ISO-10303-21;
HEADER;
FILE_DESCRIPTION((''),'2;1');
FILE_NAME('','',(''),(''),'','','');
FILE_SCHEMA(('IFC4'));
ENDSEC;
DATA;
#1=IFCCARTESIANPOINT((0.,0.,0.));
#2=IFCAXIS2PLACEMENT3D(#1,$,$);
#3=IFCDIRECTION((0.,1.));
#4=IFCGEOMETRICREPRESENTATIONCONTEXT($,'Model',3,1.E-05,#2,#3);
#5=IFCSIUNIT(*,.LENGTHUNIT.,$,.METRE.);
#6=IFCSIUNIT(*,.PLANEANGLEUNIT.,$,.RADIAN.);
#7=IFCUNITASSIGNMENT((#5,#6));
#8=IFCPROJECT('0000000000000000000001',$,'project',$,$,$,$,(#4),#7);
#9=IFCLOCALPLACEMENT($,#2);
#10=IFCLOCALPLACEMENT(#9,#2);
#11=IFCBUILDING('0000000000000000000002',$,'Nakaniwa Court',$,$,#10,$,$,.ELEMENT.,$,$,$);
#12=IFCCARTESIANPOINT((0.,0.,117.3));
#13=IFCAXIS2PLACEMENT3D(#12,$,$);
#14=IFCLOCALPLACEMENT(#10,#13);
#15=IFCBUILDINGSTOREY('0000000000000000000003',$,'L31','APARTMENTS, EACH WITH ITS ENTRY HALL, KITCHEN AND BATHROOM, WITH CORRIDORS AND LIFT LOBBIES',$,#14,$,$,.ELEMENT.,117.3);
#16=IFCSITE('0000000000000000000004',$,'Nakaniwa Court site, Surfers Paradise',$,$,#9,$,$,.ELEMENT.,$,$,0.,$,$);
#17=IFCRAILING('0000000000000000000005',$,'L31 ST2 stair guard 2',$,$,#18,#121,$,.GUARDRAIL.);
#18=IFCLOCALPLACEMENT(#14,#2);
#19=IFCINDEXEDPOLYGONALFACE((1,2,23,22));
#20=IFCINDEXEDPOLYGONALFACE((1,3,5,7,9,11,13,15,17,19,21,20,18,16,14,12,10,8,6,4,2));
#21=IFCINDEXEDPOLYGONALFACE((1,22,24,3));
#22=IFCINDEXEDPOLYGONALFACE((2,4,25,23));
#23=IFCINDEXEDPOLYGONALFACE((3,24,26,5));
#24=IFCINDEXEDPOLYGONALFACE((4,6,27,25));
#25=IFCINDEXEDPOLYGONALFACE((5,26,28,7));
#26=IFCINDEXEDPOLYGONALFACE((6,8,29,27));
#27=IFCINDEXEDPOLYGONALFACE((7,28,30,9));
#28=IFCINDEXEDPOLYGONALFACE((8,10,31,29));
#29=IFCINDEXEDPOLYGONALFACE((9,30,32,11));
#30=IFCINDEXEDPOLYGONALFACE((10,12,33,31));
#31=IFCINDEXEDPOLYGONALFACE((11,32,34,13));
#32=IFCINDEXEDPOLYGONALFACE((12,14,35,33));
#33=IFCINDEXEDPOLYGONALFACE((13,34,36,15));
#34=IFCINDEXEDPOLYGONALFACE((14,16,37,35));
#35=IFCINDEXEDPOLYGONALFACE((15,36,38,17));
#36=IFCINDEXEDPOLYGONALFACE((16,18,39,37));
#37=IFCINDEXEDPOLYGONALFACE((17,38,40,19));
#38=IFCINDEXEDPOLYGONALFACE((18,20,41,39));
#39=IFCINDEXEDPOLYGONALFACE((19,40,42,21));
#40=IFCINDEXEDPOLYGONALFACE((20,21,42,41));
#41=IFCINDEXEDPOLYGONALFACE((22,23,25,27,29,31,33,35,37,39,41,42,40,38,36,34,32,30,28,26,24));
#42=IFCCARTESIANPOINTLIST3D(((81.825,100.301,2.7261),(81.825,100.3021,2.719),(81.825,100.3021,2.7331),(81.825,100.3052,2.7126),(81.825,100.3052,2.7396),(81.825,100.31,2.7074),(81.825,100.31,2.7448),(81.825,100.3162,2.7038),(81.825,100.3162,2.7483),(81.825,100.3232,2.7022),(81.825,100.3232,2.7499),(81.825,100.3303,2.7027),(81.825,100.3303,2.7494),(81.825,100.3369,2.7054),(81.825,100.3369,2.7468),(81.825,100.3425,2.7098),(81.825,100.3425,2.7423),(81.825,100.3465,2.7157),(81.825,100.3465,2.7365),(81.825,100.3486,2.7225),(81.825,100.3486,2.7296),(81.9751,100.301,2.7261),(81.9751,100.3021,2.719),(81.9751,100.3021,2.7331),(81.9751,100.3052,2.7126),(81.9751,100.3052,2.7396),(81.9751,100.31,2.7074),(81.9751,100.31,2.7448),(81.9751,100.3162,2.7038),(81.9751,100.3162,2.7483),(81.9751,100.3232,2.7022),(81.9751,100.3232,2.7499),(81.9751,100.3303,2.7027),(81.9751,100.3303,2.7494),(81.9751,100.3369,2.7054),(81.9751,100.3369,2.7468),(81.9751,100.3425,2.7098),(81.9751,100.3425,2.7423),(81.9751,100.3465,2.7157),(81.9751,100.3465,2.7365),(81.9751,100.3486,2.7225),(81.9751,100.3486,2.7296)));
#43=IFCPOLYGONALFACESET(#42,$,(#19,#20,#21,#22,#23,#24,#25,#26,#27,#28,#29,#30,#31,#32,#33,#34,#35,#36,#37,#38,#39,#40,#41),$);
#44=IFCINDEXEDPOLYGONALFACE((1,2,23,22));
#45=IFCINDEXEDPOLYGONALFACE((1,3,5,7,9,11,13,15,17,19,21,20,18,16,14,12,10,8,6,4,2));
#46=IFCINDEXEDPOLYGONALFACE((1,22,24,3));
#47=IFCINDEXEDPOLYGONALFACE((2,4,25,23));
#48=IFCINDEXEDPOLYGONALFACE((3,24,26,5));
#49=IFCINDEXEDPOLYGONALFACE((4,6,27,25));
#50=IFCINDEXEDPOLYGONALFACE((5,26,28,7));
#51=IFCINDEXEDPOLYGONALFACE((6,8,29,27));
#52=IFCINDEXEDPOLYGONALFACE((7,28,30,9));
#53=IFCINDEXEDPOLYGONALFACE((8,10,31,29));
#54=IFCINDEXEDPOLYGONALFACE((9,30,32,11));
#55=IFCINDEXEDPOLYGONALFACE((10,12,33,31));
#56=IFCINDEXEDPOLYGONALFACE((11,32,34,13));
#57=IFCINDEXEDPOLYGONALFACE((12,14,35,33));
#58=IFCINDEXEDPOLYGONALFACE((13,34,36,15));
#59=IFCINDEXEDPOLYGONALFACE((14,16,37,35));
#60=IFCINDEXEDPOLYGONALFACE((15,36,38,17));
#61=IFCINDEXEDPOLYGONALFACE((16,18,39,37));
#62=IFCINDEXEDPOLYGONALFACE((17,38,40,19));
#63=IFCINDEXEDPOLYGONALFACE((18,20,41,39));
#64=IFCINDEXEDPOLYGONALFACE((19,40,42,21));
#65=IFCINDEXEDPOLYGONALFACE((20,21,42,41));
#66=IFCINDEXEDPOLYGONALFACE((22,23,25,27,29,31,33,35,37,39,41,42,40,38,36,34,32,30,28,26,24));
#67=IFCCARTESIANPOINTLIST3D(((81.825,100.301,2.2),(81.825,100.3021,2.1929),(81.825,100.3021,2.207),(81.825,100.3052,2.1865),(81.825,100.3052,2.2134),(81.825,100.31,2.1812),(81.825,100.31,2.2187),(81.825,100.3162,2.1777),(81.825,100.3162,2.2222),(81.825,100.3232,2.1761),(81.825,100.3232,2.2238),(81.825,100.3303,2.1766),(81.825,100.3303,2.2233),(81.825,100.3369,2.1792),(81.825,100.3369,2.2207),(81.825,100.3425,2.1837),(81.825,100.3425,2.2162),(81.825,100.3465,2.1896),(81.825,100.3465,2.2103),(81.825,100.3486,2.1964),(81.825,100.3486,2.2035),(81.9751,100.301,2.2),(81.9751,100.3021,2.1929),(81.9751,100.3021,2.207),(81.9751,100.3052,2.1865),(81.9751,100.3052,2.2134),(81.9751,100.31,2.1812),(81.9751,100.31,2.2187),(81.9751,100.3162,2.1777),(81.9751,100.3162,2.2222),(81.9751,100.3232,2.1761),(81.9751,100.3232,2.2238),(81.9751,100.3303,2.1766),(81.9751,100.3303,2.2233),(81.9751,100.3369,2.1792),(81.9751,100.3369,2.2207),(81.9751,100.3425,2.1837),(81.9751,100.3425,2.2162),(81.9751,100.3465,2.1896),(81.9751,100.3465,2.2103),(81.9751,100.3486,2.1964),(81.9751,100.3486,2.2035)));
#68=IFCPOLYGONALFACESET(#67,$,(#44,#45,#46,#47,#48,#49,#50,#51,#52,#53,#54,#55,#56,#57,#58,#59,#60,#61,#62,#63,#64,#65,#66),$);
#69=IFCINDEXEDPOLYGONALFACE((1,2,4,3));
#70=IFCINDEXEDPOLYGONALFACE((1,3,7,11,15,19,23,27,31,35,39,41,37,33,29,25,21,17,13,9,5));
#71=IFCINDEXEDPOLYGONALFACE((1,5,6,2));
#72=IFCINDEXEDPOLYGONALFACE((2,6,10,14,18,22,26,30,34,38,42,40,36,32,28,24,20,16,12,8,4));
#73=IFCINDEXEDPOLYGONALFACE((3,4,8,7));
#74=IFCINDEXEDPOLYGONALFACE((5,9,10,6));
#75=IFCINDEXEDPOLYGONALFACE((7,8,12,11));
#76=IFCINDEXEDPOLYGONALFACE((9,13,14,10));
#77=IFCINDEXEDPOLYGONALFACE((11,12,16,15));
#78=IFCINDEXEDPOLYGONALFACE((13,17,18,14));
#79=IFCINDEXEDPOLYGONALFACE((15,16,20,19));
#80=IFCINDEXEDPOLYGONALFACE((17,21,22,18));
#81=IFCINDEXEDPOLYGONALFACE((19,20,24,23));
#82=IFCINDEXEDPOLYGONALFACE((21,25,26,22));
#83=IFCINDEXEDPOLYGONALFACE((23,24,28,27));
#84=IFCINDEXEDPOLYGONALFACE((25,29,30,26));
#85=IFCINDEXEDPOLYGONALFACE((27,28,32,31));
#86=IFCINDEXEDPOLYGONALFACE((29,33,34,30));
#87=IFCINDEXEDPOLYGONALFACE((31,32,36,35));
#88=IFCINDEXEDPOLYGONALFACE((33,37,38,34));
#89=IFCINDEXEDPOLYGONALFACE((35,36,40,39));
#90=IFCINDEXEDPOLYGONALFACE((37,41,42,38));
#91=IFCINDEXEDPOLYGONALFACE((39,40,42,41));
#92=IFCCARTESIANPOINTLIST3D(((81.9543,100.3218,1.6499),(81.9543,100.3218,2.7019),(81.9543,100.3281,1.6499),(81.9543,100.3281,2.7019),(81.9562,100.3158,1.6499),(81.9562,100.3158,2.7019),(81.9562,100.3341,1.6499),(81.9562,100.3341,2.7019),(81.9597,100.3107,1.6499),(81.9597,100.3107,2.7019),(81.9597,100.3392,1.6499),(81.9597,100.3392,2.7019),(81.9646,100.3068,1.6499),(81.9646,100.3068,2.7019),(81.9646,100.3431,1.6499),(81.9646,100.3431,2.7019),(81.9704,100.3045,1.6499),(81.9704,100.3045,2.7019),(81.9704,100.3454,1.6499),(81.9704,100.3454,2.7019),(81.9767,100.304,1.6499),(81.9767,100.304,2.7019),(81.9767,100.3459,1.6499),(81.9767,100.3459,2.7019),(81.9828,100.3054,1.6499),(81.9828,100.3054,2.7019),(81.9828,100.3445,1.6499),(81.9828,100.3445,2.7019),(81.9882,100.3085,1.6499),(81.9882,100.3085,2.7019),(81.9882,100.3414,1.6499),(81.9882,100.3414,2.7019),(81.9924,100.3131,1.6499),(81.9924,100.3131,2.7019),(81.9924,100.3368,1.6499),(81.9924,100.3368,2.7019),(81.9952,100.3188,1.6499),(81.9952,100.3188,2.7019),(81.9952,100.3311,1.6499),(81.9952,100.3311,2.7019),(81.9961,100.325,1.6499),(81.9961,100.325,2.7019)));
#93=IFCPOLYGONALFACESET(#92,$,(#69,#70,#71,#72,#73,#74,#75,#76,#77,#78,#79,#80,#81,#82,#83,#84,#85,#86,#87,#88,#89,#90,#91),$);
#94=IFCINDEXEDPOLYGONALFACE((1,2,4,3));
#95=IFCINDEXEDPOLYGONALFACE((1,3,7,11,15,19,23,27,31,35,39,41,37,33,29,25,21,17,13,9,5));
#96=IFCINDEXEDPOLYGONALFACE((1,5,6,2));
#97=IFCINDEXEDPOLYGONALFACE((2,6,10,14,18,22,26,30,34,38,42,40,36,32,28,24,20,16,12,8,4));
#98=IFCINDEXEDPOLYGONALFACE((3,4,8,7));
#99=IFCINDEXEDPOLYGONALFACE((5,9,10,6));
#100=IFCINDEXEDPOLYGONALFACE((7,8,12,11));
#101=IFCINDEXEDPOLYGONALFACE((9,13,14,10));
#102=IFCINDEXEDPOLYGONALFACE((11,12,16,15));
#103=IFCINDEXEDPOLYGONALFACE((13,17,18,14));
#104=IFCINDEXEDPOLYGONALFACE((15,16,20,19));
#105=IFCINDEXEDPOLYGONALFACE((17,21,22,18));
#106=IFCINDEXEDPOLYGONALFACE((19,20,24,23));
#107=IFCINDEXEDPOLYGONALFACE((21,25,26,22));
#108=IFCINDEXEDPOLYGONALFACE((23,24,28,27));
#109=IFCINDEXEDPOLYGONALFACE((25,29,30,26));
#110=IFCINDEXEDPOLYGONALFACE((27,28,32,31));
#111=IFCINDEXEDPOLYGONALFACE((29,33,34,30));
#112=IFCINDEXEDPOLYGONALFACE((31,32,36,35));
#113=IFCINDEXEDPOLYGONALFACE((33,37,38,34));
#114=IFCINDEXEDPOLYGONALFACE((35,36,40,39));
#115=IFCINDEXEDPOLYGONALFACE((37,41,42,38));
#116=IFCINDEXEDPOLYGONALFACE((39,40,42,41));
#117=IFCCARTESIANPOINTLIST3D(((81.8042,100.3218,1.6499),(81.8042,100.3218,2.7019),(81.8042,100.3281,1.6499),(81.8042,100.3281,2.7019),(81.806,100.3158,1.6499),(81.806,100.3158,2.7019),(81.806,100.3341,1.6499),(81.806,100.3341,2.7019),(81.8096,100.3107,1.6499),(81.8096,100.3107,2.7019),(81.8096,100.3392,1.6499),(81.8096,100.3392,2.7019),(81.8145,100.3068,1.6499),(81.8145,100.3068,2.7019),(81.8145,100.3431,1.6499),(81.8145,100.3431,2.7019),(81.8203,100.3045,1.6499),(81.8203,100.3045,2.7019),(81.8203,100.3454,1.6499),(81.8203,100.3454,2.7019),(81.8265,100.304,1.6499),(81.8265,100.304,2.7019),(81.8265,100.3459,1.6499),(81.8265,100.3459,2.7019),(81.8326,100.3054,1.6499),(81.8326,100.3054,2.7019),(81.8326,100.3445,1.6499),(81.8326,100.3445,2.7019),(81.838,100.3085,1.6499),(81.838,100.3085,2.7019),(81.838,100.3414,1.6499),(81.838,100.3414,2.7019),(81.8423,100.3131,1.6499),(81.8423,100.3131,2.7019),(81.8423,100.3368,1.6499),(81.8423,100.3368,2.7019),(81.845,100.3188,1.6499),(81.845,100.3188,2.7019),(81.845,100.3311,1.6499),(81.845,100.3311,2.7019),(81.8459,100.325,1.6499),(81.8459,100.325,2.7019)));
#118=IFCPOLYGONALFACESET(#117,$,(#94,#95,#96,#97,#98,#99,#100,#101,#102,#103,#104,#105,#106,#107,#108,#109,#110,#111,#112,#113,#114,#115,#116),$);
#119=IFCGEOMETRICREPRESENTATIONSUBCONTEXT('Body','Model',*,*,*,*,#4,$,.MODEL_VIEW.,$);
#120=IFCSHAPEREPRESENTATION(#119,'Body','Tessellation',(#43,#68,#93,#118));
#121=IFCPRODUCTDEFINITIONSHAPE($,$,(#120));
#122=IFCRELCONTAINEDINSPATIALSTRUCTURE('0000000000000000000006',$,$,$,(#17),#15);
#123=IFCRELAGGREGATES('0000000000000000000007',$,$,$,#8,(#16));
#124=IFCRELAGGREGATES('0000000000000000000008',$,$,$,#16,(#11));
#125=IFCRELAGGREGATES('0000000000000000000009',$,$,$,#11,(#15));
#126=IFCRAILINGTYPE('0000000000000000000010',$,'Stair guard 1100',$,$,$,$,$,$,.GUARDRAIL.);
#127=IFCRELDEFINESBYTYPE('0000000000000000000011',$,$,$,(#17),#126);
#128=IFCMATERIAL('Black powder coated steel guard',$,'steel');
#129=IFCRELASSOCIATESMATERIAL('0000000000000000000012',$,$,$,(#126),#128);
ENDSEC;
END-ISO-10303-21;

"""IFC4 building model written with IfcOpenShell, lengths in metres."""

from ifc_helpers import new_model, si_unit, direction, frame, origin, origin_2d, place, context, subcontext, project, spatial, circle, extrude, material, type_object, element, save


model = new_model("IFC4")

# Units and contexts
model_context = context("Model", 3, precision=1e-05, world=origin(), true_north=direction((0.0, 1.0)))
body_context = subcontext(model_context, "Body", "Model", "MODEL_VIEW")
ifc_project = project(units=[si_unit("LENGTHUNIT", "METRE"), si_unit("PLANEANGLEUNIT", "RADIAN")], contexts=[model_context])

# Site, building, storey
site_placement = place(None, origin())
site = spatial("IfcSite", under=ifc_project, at=site_placement, Name="Nakaniwa Court site, Surfers Paradise", CompositionType="ELEMENT", RefElevation=0.0)
building_placement = place(site_placement, origin())
building = spatial("IfcBuilding", under=site, at=building_placement, Name="Nakaniwa Court", CompositionType="ELEMENT")
storey_placement = place(building_placement, frame((0.0, 0.0, 117.3)))
storey = spatial("IfcBuildingStorey", under=building, at=storey_placement, Name="L31", Description="APARTMENTS, EACH WITH ITS ENTRY HALL, KITCHEN AND BATHROOM, WITH CORRIDORS AND LIFT LOBBIES", CompositionType="ELEMENT", Elevation=117.3)

# Railing
ifc_material_1 = material(Name="Black powder coated steel guard", Category="steel")
railing_type_1 = type_object("IfcRailingType", Name="Stair guard 1100", PredefinedType="GUARDRAIL", material=ifc_material_1)
railing_1_placement = place(storey_placement, frame((81.9751, 100.325, 1.6499)))
element("IfcRailing", 1, at=railing_1_placement, inside=storey, type_object=railing_type_1, Name="L31 ST2 stair guard 2", PredefinedType="GUARDRAIL", context=body_context, shape_type="SweptSolid", body=[
    extrude(circle(Radius=0.0239, at=origin_2d()), frame((0.0, 0.0, 1.0762), z_axis=(-1.0, 0.0, 0.0), x_axis=(0.0, -1.0, 0.0)), (0.0, 0.0, 1.0), 0.1501),
    extrude(circle(Radius=0.0239, at=origin_2d()), frame((0.0, 0.0, 0.55), z_axis=(-1.0, 0.0, 0.0), x_axis=(0.0, -1.0, 0.0)), (0.0, 0.0, 1.0), 0.1501),
    extrude(circle(Radius=0.021, at=origin_2d()), origin(), (0.0, 0.0, 1.0), 1.052),
    extrude(circle(Radius=0.021, at=origin_2d()), frame((-0.1501, 0.0, 0.0)), (0.0, 0.0, 1.0), 1.052),
])

save(model, "model.ifc")
